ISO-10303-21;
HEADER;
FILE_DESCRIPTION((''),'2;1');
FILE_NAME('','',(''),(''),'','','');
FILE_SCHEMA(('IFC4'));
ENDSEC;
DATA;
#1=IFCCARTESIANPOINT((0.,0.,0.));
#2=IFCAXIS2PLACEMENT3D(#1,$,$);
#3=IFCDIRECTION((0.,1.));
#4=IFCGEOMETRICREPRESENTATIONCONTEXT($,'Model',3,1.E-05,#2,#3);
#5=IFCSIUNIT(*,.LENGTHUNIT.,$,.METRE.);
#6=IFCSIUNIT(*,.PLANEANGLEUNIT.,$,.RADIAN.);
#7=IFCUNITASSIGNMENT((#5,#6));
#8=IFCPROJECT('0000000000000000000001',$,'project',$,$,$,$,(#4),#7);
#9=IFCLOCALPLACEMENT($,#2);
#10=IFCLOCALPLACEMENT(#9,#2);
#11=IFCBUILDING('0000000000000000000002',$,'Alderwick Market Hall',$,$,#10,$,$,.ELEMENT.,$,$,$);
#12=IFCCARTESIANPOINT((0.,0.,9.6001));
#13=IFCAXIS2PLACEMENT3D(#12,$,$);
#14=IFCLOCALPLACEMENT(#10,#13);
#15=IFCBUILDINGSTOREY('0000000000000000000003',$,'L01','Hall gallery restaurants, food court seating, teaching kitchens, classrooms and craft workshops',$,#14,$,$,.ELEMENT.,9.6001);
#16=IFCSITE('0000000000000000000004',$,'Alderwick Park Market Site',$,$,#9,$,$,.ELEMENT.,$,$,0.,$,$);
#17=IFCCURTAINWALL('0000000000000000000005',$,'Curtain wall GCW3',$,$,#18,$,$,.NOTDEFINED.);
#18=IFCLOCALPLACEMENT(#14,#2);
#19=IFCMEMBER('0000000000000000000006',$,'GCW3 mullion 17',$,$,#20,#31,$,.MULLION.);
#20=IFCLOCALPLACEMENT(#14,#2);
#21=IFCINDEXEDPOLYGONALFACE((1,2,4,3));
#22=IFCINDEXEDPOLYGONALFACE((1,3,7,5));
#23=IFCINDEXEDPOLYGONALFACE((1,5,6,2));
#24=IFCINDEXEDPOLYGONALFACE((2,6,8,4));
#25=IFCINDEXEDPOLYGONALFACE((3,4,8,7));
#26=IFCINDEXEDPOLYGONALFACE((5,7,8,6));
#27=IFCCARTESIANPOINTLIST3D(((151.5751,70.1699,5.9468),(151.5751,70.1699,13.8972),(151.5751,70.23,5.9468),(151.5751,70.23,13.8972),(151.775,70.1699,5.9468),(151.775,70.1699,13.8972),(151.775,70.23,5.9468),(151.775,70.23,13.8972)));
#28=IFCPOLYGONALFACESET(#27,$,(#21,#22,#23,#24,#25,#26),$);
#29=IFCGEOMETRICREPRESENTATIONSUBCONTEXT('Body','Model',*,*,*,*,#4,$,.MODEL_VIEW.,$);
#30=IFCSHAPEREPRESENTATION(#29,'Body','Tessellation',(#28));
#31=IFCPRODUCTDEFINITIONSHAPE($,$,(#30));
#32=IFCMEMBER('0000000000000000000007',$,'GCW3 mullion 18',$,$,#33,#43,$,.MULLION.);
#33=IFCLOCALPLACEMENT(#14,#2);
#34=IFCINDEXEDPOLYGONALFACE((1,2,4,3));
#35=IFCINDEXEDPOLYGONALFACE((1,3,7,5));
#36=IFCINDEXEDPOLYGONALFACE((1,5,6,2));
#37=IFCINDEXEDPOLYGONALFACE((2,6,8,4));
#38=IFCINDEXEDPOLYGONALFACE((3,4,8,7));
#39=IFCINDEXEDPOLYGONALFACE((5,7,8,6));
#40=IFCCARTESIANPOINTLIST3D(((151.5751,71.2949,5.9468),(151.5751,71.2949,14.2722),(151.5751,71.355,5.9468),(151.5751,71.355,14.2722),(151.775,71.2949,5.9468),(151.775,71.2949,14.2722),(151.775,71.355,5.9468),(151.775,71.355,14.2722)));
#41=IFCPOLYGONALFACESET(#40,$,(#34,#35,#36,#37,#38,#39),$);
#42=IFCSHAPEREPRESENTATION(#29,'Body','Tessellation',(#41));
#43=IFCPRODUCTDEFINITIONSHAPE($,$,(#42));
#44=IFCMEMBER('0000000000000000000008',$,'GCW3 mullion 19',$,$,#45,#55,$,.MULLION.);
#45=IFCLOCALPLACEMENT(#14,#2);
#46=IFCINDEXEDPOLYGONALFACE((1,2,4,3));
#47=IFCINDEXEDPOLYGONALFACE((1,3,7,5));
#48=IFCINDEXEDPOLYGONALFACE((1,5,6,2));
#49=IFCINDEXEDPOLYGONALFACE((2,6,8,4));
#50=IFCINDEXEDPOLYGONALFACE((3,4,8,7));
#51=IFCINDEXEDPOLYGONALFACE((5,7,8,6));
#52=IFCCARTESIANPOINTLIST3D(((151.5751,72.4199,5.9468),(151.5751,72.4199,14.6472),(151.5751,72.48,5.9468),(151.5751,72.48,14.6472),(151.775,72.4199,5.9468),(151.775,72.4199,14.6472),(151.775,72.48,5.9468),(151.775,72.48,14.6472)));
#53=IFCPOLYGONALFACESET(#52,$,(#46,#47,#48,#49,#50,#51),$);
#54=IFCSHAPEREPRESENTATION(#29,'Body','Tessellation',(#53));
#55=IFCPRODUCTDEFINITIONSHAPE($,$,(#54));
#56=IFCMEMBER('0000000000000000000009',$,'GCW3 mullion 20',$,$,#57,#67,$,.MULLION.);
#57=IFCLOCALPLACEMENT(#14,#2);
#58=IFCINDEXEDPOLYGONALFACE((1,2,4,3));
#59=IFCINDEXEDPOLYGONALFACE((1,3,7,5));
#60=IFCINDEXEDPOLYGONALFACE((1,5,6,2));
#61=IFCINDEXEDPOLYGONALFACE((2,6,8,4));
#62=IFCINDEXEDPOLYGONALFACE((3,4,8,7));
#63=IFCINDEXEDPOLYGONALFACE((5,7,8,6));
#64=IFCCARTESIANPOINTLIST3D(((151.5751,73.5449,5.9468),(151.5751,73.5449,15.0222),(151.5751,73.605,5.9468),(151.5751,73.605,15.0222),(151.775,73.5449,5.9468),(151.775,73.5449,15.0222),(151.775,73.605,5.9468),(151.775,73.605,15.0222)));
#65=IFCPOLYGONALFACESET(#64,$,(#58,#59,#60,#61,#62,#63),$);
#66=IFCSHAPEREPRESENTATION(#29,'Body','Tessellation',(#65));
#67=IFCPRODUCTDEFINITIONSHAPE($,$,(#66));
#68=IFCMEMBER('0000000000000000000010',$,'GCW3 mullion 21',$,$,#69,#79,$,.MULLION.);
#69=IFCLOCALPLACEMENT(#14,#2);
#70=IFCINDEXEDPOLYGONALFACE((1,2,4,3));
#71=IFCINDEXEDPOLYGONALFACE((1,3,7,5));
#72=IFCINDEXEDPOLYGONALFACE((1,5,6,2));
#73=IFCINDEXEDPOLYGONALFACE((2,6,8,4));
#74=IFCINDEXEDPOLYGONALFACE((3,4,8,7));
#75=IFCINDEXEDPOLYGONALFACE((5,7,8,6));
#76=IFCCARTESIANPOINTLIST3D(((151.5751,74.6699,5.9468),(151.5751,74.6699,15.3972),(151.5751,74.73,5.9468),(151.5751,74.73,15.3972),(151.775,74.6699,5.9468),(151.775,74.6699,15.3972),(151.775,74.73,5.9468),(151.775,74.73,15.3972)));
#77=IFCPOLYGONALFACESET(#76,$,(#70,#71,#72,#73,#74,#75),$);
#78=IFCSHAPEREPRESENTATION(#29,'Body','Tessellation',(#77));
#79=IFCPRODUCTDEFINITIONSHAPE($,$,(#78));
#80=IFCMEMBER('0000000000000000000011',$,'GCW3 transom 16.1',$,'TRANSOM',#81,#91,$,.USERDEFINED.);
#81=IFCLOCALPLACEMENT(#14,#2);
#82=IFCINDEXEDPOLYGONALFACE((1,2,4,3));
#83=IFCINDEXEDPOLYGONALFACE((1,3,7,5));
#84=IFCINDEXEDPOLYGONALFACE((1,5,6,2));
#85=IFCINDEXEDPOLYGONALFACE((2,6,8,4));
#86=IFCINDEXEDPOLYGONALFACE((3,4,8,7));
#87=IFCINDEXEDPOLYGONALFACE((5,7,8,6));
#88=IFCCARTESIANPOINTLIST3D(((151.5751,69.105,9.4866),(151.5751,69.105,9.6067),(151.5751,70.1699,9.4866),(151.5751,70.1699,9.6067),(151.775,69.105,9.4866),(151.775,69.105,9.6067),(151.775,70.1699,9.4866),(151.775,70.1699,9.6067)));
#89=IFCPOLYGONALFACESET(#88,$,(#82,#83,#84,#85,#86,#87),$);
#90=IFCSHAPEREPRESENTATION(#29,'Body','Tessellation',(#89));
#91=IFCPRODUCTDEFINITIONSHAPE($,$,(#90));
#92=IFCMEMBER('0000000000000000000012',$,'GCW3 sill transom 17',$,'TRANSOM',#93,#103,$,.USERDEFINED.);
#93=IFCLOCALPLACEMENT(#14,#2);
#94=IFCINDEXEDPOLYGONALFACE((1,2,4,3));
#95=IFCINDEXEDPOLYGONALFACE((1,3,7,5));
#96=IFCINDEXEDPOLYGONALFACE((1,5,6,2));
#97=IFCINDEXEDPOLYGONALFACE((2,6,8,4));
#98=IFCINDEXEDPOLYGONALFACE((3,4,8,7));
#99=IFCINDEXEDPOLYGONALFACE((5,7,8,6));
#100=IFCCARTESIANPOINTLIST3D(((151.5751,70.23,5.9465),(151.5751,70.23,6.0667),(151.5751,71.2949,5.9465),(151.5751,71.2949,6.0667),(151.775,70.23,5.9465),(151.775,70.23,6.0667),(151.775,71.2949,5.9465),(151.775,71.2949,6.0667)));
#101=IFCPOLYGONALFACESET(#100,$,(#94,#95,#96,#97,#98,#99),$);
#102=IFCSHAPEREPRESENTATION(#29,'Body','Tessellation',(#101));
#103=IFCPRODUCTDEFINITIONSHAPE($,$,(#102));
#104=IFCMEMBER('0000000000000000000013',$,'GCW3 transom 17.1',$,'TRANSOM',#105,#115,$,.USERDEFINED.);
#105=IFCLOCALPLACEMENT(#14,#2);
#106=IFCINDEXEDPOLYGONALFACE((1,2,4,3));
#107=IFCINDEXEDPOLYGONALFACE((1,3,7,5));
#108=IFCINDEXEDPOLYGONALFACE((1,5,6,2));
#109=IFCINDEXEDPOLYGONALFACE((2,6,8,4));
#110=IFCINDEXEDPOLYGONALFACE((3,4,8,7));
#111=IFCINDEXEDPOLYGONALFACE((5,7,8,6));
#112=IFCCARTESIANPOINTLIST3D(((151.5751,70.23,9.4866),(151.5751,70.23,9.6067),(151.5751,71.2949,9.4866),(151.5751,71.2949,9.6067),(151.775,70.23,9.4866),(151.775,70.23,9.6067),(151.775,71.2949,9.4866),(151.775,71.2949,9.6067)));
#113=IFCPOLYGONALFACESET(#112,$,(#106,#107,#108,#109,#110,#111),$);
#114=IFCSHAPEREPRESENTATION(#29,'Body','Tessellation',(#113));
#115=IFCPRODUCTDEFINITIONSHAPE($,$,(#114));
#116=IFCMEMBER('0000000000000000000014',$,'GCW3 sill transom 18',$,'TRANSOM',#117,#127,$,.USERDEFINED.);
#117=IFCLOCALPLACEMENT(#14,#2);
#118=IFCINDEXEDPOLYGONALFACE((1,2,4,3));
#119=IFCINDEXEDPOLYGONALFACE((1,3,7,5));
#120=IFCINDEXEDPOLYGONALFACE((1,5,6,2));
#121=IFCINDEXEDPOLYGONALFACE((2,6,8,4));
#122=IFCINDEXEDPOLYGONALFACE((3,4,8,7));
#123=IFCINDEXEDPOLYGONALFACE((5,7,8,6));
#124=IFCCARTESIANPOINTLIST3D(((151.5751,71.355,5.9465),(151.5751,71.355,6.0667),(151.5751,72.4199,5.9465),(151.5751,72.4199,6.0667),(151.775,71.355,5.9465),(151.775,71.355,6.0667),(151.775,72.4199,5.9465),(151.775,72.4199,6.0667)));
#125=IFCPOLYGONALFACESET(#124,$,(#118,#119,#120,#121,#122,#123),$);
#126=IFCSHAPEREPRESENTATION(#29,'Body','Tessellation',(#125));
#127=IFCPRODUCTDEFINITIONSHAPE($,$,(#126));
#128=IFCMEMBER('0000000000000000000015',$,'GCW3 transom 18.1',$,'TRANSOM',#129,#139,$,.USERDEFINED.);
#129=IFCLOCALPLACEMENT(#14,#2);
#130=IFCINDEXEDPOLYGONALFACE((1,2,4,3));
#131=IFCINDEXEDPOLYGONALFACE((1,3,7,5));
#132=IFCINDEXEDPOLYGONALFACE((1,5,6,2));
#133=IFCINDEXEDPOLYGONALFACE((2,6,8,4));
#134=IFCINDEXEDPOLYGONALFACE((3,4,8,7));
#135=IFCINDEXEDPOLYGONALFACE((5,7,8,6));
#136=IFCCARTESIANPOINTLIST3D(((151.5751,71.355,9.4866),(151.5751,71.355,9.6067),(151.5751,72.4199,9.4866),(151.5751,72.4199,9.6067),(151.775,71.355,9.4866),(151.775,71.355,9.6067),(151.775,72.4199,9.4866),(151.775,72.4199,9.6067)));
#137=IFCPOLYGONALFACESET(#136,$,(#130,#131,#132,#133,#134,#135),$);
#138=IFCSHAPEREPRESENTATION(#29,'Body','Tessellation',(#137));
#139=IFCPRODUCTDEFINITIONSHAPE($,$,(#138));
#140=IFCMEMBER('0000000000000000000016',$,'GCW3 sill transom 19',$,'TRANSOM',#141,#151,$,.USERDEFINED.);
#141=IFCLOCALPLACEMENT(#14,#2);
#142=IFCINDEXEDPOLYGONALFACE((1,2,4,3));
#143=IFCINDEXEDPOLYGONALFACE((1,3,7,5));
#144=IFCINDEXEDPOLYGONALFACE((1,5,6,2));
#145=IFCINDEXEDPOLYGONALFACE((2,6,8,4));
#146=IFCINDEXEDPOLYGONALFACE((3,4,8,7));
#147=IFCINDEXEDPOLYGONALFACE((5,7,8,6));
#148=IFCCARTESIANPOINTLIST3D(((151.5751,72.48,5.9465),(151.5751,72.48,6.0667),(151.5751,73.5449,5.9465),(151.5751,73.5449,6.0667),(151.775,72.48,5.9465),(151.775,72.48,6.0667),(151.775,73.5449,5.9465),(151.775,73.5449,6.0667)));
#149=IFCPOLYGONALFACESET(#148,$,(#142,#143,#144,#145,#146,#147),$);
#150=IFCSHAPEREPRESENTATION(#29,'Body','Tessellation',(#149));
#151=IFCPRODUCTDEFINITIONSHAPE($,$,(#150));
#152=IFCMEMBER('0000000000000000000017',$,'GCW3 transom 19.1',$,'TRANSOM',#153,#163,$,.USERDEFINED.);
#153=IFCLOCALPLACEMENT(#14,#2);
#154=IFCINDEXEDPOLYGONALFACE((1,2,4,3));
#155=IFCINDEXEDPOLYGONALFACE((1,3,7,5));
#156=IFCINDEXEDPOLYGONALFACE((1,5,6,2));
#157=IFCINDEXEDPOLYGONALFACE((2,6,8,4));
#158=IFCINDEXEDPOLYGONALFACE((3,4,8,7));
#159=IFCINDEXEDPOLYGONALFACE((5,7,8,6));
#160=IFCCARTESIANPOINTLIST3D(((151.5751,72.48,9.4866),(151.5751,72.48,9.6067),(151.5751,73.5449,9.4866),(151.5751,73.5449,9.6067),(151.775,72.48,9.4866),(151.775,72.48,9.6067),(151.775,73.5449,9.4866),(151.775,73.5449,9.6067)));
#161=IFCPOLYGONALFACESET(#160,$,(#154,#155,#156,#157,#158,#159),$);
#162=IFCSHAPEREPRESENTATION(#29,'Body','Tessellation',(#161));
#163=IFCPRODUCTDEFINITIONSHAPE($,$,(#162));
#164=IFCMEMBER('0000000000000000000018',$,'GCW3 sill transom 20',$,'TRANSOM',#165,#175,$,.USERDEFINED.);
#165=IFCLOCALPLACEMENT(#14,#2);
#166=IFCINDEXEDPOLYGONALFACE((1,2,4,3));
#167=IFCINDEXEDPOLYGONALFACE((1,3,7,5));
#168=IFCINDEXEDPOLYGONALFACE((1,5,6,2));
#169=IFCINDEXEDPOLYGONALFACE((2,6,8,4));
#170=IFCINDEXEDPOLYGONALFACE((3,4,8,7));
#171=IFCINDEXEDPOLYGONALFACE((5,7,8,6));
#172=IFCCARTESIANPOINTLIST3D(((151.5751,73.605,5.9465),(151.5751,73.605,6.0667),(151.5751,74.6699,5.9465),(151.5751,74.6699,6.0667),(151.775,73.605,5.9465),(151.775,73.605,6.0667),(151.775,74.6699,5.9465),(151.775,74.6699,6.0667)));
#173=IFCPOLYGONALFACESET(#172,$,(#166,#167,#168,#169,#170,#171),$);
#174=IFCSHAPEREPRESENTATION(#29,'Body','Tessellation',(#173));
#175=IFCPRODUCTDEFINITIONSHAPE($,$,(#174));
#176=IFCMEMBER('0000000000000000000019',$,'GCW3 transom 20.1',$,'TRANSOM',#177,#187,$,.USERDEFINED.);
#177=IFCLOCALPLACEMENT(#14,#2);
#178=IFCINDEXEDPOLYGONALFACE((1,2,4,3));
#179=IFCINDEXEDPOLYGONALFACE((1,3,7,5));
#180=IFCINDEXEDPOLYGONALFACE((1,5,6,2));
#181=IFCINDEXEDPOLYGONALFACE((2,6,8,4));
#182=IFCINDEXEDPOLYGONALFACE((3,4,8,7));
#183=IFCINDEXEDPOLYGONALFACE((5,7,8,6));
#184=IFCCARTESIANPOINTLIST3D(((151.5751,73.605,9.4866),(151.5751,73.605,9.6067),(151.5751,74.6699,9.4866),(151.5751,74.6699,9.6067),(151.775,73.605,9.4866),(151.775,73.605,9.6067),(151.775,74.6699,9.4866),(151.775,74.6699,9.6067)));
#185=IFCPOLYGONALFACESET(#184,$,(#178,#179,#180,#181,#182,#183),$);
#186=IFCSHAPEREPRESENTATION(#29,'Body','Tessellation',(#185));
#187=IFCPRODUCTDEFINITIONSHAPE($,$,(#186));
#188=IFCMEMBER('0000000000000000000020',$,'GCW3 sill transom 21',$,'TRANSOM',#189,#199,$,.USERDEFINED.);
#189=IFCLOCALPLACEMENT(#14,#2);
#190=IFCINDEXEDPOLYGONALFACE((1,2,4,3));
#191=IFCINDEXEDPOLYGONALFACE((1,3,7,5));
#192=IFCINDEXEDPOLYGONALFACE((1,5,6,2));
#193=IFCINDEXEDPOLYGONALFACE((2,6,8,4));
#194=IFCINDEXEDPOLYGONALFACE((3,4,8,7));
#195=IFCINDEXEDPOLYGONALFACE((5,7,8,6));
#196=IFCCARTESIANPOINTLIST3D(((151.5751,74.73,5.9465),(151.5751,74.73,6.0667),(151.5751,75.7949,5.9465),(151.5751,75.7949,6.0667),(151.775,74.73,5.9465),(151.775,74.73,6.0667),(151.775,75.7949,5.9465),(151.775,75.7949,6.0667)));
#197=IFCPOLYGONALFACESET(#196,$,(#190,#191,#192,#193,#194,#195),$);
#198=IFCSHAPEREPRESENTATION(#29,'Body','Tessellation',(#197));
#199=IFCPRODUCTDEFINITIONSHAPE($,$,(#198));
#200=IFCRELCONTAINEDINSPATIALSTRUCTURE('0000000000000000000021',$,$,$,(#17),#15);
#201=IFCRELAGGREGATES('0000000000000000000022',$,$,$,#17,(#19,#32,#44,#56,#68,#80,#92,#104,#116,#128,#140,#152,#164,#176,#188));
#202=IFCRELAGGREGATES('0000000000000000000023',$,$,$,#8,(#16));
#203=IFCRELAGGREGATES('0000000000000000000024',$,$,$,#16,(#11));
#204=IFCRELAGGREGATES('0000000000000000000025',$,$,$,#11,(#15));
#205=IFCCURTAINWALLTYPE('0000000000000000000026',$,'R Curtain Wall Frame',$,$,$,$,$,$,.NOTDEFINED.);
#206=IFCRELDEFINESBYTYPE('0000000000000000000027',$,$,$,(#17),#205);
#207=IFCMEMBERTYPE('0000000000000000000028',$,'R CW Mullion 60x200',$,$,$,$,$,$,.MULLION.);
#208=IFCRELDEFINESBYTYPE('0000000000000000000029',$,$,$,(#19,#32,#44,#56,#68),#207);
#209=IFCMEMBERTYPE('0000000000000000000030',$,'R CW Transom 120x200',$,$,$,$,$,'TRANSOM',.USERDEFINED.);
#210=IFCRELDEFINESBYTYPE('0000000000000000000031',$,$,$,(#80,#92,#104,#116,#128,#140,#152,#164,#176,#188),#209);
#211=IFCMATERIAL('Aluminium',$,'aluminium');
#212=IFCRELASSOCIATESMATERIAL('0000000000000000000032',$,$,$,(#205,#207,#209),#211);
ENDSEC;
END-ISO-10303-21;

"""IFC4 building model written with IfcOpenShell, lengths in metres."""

from ifc_helpers import new_model, si_unit, direction, frame, origin, origin_2d, place, context, subcontext, project, spatial, rectangle, extrude, material, material_profile, profile_set, type_object, element, aggregate, save


model = new_model("IFC4")

# Units and contexts
model_context = context("Model", 3, precision=1e-05, world=origin(), true_north=direction((0.0, 1.0)))
body_context = subcontext(model_context, "Body", "Model", "MODEL_VIEW")
ifc_project = project(units=[si_unit("LENGTHUNIT", "METRE"), si_unit("PLANEANGLEUNIT", "RADIAN")], contexts=[model_context])

# Site, building, storey
site_placement = place(None, origin())
site = spatial("IfcSite", under=ifc_project, at=site_placement, Name="Alderwick Park Market Site", CompositionType="ELEMENT", RefElevation=0.0)
building_placement = place(site_placement, origin())
building = spatial("IfcBuilding", under=site, at=building_placement, Name="Alderwick Market Hall", CompositionType="ELEMENT")
storey_placement = place(building_placement, frame((0.0, 0.0, 9.6001)))
storey = spatial("IfcBuildingStorey", under=building, at=storey_placement, Name="L01", Description="Hall gallery restaurants, food court seating, teaching kitchens, classrooms and craft workshops", CompositionType="ELEMENT", Elevation=9.6001)

# Curtain wall, members
ifc_material_1 = material(Name="Aluminium", Category="aluminium")
curtain_wall_type = type_object("IfcCurtainWallType", Name="R Curtain Wall Frame", PredefinedType="NOTDEFINED", material=ifc_material_1)
curtain_wall_placement = place(storey_placement, origin())
curtain_wall = element("IfcCurtainWall", 1, at=curtain_wall_placement, inside=storey, type_object=curtain_wall_type, Name="Curtain wall GCW3", PredefinedType="NOTDEFINED")
ifc_material_profile_1 = material_profile(ifc_material_1, rectangle(XDim=0.2, YDim=0.0601, at=origin_2d()), Name="AL 60x200")
ifc_profile_set_1 = profile_set([ifc_material_profile_1], Name="Aluminium")
member_type_1 = type_object("IfcMemberType", Name="R CW Mullion 60x200", PredefinedType="MULLION", material=ifc_profile_set_1)
member_1_placement = place(storey_placement, frame((151.675, 70.2, 5.9468), z_axis=(0.0, 0.0, 1.0), x_axis=(1.0, 0.0, 0.0)))
member_1 = element("IfcMember", 2, at=member_1_placement, type_object=member_type_1, Name="GCW3 mullion 17", PredefinedType="MULLION", context=body_context, shape_type="SweptSolid", body=[
    extrude(rectangle(XDim=0.2, YDim=0.0601, at=origin_2d()), origin(), (0.0, 0.0, 1.0), 7.9504),
])
member_2_placement = place(storey_placement, frame((151.675, 71.325, 5.9468), z_axis=(0.0, 0.0, 1.0), x_axis=(1.0, 0.0, 0.0)))
member_2 = element("IfcMember", 3, at=member_2_placement, type_object=member_type_1, Name="GCW3 mullion 18", PredefinedType="MULLION", context=body_context, shape_type="SweptSolid", body=[
    extrude(rectangle(XDim=0.2, YDim=0.0601, at=origin_2d()), origin(), (0.0, 0.0, 1.0), 8.3254),
])
member_3_placement = place(storey_placement, frame((151.675, 72.45, 5.9468), z_axis=(0.0, 0.0, 1.0), x_axis=(1.0, 0.0, 0.0)))
member_3 = element("IfcMember", 4, at=member_3_placement, type_object=member_type_1, Name="GCW3 mullion 19", PredefinedType="MULLION", context=body_context, shape_type="SweptSolid", body=[
    extrude(rectangle(XDim=0.2, YDim=0.0601, at=origin_2d()), origin(), (0.0, 0.0, 1.0), 8.7004),
])
member_4_placement = place(storey_placement, frame((151.675, 73.575, 5.9468), z_axis=(0.0, 0.0, 1.0), x_axis=(1.0, 0.0, 0.0)))
member_4 = element("IfcMember", 5, at=member_4_placement, type_object=member_type_1, Name="GCW3 mullion 20", PredefinedType="MULLION", context=body_context, shape_type="SweptSolid", body=[
    extrude(rectangle(XDim=0.2, YDim=0.0601, at=origin_2d()), origin(), (0.0, 0.0, 1.0), 9.0754),
])
member_5_placement = place(storey_placement, frame((151.675, 74.7, 5.9468), z_axis=(0.0, 0.0, 1.0), x_axis=(1.0, 0.0, 0.0)))
member_5 = element("IfcMember", 6, at=member_5_placement, type_object=member_type_1, Name="GCW3 mullion 21", PredefinedType="MULLION", context=body_context, shape_type="SweptSolid", body=[
    extrude(rectangle(XDim=0.2, YDim=0.0601, at=origin_2d()), origin(), (0.0, 0.0, 1.0), 9.4504),
])
ifc_material_profile_2 = material_profile(ifc_material_1, rectangle(XDim=0.2, YDim=0.1201, at=origin_2d()), Name="AL 120x200")
ifc_profile_set_2 = profile_set([ifc_material_profile_2], Name="Aluminium")
member_type_2 = type_object("IfcMemberType", Name="R CW Transom 120x200", ElementType="TRANSOM", PredefinedType="USERDEFINED", material=ifc_profile_set_2)
member_6_placement = place(storey_placement, frame((151.675, 69.105, 9.5466), z_axis=(0.0, 1.0, 0.0), x_axis=(-1.0, 0.0, 0.0)))
member_6 = element("IfcMember", 7, at=member_6_placement, type_object=member_type_2, Name="GCW3 transom 16.1", ObjectType="TRANSOM", PredefinedType="USERDEFINED", context=body_context, shape_type="SweptSolid", body=[
    extrude(rectangle(XDim=0.2, YDim=0.1201, at=origin_2d()), origin(), (0.0, 0.0, 1.0), 1.0649),
])
member_7_placement = place(storey_placement, frame((151.675, 70.23, 6.0066), z_axis=(0.0, 1.0, 0.0), x_axis=(-1.0, 0.0, 0.0)))
member_7 = element("IfcMember", 8, at=member_7_placement, type_object=member_type_2, Name="GCW3 sill transom 17", ObjectType="TRANSOM", PredefinedType="USERDEFINED", context=body_context, shape_type="SweptSolid", body=[
    extrude(rectangle(XDim=0.2, YDim=0.1201, at=origin_2d()), origin(), (0.0, 0.0, 1.0), 1.0649),
])
member_8_placement = place(storey_placement, frame((151.675, 70.23, 9.5466), z_axis=(0.0, 1.0, 0.0), x_axis=(-1.0, 0.0, 0.0)))
member_8 = element("IfcMember", 9, at=member_8_placement, type_object=member_type_2, Name="GCW3 transom 17.1", ObjectType="TRANSOM", PredefinedType="USERDEFINED", context=body_context, shape_type="SweptSolid", body=[
    extrude(rectangle(XDim=0.2, YDim=0.1201, at=origin_2d()), origin(), (0.0, 0.0, 1.0), 1.0649),
])
member_9_placement = place(storey_placement, frame((151.675, 71.355, 6.0066), z_axis=(0.0, 1.0, 0.0), x_axis=(-1.0, 0.0, 0.0)))
member_9 = element("IfcMember", 10, at=member_9_placement, type_object=member_type_2, Name="GCW3 sill transom 18", ObjectType="TRANSOM", PredefinedType="USERDEFINED", context=body_context, shape_type="SweptSolid", body=[
    extrude(rectangle(XDim=0.2, YDim=0.1201, at=origin_2d()), origin(), (0.0, 0.0, 1.0), 1.0649),
])
member_10_placement = place(storey_placement, frame((151.675, 71.355, 9.5466), z_axis=(0.0, 1.0, 0.0), x_axis=(-1.0, 0.0, 0.0)))
member_10 = element("IfcMember", 11, at=member_10_placement, type_object=member_type_2, Name="GCW3 transom 18.1", ObjectType="TRANSOM", PredefinedType="USERDEFINED", context=body_context, shape_type="SweptSolid", body=[
    extrude(rectangle(XDim=0.2, YDim=0.1201, at=origin_2d()), origin(), (0.0, 0.0, 1.0), 1.0649),
])
member_11_placement = place(storey_placement, frame((151.675, 72.48, 6.0066), z_axis=(0.0, 1.0, 0.0), x_axis=(-1.0, 0.0, 0.0)))
member_11 = element("IfcMember", 12, at=member_11_placement, type_object=member_type_2, Name="GCW3 sill transom 19", ObjectType="TRANSOM", PredefinedType="USERDEFINED", context=body_context, shape_type="SweptSolid", body=[
    extrude(rectangle(XDim=0.2, YDim=0.1201, at=origin_2d()), origin(), (0.0, 0.0, 1.0), 1.0649),
])
member_12_placement = place(storey_placement, frame((151.675, 72.48, 9.5466), z_axis=(0.0, 1.0, 0.0), x_axis=(-1.0, 0.0, 0.0)))
member_12 = element("IfcMember", 13, at=member_12_placement, type_object=member_type_2, Name="GCW3 transom 19.1", ObjectType="TRANSOM", PredefinedType="USERDEFINED", context=body_context, shape_type="SweptSolid", body=[
    extrude(rectangle(XDim=0.2, YDim=0.1201, at=origin_2d()), origin(), (0.0, 0.0, 1.0), 1.0649),
])
member_13_placement = place(storey_placement, frame((151.675, 73.605, 6.0066), z_axis=(0.0, 1.0, 0.0), x_axis=(-1.0, 0.0, 0.0)))
member_13 = element("IfcMember", 14, at=member_13_placement, type_object=member_type_2, Name="GCW3 sill transom 20", ObjectType="TRANSOM", PredefinedType="USERDEFINED", context=body_context, shape_type="SweptSolid", body=[
    extrude(rectangle(XDim=0.2, YDim=0.1201, at=origin_2d()), origin(), (0.0, 0.0, 1.0), 1.0649),
])
member_14_placement = place(storey_placement, frame((151.675, 73.605, 9.5466), z_axis=(0.0, 1.0, 0.0), x_axis=(-1.0, 0.0, 0.0)))
member_14 = element("IfcMember", 15, at=member_14_placement, type_object=member_type_2, Name="GCW3 transom 20.1", ObjectType="TRANSOM", PredefinedType="USERDEFINED", context=body_context, shape_type="SweptSolid", body=[
    extrude(rectangle(XDim=0.2, YDim=0.1201, at=origin_2d()), origin(), (0.0, 0.0, 1.0), 1.0649),
])
member_15_placement = place(storey_placement, frame((151.675, 74.73, 6.0066), z_axis=(0.0, 1.0, 0.0), x_axis=(-1.0, 0.0, 0.0)))
member_15 = element("IfcMember", 16, at=member_15_placement, type_object=member_type_2, Name="GCW3 sill transom 21", ObjectType="TRANSOM", PredefinedType="USERDEFINED", context=body_context, shape_type="SweptSolid", body=[
    extrude(rectangle(XDim=0.2, YDim=0.1201, at=origin_2d()), origin(), (0.0, 0.0, 1.0), 1.0649),
])
aggregate(curtain_wall, [member_1, member_2, member_3, member_4, member_5, member_6, member_7, member_8, member_9, member_10, member_11, member_12, member_13, member_14, member_15])

save(model, "model.ifc")
